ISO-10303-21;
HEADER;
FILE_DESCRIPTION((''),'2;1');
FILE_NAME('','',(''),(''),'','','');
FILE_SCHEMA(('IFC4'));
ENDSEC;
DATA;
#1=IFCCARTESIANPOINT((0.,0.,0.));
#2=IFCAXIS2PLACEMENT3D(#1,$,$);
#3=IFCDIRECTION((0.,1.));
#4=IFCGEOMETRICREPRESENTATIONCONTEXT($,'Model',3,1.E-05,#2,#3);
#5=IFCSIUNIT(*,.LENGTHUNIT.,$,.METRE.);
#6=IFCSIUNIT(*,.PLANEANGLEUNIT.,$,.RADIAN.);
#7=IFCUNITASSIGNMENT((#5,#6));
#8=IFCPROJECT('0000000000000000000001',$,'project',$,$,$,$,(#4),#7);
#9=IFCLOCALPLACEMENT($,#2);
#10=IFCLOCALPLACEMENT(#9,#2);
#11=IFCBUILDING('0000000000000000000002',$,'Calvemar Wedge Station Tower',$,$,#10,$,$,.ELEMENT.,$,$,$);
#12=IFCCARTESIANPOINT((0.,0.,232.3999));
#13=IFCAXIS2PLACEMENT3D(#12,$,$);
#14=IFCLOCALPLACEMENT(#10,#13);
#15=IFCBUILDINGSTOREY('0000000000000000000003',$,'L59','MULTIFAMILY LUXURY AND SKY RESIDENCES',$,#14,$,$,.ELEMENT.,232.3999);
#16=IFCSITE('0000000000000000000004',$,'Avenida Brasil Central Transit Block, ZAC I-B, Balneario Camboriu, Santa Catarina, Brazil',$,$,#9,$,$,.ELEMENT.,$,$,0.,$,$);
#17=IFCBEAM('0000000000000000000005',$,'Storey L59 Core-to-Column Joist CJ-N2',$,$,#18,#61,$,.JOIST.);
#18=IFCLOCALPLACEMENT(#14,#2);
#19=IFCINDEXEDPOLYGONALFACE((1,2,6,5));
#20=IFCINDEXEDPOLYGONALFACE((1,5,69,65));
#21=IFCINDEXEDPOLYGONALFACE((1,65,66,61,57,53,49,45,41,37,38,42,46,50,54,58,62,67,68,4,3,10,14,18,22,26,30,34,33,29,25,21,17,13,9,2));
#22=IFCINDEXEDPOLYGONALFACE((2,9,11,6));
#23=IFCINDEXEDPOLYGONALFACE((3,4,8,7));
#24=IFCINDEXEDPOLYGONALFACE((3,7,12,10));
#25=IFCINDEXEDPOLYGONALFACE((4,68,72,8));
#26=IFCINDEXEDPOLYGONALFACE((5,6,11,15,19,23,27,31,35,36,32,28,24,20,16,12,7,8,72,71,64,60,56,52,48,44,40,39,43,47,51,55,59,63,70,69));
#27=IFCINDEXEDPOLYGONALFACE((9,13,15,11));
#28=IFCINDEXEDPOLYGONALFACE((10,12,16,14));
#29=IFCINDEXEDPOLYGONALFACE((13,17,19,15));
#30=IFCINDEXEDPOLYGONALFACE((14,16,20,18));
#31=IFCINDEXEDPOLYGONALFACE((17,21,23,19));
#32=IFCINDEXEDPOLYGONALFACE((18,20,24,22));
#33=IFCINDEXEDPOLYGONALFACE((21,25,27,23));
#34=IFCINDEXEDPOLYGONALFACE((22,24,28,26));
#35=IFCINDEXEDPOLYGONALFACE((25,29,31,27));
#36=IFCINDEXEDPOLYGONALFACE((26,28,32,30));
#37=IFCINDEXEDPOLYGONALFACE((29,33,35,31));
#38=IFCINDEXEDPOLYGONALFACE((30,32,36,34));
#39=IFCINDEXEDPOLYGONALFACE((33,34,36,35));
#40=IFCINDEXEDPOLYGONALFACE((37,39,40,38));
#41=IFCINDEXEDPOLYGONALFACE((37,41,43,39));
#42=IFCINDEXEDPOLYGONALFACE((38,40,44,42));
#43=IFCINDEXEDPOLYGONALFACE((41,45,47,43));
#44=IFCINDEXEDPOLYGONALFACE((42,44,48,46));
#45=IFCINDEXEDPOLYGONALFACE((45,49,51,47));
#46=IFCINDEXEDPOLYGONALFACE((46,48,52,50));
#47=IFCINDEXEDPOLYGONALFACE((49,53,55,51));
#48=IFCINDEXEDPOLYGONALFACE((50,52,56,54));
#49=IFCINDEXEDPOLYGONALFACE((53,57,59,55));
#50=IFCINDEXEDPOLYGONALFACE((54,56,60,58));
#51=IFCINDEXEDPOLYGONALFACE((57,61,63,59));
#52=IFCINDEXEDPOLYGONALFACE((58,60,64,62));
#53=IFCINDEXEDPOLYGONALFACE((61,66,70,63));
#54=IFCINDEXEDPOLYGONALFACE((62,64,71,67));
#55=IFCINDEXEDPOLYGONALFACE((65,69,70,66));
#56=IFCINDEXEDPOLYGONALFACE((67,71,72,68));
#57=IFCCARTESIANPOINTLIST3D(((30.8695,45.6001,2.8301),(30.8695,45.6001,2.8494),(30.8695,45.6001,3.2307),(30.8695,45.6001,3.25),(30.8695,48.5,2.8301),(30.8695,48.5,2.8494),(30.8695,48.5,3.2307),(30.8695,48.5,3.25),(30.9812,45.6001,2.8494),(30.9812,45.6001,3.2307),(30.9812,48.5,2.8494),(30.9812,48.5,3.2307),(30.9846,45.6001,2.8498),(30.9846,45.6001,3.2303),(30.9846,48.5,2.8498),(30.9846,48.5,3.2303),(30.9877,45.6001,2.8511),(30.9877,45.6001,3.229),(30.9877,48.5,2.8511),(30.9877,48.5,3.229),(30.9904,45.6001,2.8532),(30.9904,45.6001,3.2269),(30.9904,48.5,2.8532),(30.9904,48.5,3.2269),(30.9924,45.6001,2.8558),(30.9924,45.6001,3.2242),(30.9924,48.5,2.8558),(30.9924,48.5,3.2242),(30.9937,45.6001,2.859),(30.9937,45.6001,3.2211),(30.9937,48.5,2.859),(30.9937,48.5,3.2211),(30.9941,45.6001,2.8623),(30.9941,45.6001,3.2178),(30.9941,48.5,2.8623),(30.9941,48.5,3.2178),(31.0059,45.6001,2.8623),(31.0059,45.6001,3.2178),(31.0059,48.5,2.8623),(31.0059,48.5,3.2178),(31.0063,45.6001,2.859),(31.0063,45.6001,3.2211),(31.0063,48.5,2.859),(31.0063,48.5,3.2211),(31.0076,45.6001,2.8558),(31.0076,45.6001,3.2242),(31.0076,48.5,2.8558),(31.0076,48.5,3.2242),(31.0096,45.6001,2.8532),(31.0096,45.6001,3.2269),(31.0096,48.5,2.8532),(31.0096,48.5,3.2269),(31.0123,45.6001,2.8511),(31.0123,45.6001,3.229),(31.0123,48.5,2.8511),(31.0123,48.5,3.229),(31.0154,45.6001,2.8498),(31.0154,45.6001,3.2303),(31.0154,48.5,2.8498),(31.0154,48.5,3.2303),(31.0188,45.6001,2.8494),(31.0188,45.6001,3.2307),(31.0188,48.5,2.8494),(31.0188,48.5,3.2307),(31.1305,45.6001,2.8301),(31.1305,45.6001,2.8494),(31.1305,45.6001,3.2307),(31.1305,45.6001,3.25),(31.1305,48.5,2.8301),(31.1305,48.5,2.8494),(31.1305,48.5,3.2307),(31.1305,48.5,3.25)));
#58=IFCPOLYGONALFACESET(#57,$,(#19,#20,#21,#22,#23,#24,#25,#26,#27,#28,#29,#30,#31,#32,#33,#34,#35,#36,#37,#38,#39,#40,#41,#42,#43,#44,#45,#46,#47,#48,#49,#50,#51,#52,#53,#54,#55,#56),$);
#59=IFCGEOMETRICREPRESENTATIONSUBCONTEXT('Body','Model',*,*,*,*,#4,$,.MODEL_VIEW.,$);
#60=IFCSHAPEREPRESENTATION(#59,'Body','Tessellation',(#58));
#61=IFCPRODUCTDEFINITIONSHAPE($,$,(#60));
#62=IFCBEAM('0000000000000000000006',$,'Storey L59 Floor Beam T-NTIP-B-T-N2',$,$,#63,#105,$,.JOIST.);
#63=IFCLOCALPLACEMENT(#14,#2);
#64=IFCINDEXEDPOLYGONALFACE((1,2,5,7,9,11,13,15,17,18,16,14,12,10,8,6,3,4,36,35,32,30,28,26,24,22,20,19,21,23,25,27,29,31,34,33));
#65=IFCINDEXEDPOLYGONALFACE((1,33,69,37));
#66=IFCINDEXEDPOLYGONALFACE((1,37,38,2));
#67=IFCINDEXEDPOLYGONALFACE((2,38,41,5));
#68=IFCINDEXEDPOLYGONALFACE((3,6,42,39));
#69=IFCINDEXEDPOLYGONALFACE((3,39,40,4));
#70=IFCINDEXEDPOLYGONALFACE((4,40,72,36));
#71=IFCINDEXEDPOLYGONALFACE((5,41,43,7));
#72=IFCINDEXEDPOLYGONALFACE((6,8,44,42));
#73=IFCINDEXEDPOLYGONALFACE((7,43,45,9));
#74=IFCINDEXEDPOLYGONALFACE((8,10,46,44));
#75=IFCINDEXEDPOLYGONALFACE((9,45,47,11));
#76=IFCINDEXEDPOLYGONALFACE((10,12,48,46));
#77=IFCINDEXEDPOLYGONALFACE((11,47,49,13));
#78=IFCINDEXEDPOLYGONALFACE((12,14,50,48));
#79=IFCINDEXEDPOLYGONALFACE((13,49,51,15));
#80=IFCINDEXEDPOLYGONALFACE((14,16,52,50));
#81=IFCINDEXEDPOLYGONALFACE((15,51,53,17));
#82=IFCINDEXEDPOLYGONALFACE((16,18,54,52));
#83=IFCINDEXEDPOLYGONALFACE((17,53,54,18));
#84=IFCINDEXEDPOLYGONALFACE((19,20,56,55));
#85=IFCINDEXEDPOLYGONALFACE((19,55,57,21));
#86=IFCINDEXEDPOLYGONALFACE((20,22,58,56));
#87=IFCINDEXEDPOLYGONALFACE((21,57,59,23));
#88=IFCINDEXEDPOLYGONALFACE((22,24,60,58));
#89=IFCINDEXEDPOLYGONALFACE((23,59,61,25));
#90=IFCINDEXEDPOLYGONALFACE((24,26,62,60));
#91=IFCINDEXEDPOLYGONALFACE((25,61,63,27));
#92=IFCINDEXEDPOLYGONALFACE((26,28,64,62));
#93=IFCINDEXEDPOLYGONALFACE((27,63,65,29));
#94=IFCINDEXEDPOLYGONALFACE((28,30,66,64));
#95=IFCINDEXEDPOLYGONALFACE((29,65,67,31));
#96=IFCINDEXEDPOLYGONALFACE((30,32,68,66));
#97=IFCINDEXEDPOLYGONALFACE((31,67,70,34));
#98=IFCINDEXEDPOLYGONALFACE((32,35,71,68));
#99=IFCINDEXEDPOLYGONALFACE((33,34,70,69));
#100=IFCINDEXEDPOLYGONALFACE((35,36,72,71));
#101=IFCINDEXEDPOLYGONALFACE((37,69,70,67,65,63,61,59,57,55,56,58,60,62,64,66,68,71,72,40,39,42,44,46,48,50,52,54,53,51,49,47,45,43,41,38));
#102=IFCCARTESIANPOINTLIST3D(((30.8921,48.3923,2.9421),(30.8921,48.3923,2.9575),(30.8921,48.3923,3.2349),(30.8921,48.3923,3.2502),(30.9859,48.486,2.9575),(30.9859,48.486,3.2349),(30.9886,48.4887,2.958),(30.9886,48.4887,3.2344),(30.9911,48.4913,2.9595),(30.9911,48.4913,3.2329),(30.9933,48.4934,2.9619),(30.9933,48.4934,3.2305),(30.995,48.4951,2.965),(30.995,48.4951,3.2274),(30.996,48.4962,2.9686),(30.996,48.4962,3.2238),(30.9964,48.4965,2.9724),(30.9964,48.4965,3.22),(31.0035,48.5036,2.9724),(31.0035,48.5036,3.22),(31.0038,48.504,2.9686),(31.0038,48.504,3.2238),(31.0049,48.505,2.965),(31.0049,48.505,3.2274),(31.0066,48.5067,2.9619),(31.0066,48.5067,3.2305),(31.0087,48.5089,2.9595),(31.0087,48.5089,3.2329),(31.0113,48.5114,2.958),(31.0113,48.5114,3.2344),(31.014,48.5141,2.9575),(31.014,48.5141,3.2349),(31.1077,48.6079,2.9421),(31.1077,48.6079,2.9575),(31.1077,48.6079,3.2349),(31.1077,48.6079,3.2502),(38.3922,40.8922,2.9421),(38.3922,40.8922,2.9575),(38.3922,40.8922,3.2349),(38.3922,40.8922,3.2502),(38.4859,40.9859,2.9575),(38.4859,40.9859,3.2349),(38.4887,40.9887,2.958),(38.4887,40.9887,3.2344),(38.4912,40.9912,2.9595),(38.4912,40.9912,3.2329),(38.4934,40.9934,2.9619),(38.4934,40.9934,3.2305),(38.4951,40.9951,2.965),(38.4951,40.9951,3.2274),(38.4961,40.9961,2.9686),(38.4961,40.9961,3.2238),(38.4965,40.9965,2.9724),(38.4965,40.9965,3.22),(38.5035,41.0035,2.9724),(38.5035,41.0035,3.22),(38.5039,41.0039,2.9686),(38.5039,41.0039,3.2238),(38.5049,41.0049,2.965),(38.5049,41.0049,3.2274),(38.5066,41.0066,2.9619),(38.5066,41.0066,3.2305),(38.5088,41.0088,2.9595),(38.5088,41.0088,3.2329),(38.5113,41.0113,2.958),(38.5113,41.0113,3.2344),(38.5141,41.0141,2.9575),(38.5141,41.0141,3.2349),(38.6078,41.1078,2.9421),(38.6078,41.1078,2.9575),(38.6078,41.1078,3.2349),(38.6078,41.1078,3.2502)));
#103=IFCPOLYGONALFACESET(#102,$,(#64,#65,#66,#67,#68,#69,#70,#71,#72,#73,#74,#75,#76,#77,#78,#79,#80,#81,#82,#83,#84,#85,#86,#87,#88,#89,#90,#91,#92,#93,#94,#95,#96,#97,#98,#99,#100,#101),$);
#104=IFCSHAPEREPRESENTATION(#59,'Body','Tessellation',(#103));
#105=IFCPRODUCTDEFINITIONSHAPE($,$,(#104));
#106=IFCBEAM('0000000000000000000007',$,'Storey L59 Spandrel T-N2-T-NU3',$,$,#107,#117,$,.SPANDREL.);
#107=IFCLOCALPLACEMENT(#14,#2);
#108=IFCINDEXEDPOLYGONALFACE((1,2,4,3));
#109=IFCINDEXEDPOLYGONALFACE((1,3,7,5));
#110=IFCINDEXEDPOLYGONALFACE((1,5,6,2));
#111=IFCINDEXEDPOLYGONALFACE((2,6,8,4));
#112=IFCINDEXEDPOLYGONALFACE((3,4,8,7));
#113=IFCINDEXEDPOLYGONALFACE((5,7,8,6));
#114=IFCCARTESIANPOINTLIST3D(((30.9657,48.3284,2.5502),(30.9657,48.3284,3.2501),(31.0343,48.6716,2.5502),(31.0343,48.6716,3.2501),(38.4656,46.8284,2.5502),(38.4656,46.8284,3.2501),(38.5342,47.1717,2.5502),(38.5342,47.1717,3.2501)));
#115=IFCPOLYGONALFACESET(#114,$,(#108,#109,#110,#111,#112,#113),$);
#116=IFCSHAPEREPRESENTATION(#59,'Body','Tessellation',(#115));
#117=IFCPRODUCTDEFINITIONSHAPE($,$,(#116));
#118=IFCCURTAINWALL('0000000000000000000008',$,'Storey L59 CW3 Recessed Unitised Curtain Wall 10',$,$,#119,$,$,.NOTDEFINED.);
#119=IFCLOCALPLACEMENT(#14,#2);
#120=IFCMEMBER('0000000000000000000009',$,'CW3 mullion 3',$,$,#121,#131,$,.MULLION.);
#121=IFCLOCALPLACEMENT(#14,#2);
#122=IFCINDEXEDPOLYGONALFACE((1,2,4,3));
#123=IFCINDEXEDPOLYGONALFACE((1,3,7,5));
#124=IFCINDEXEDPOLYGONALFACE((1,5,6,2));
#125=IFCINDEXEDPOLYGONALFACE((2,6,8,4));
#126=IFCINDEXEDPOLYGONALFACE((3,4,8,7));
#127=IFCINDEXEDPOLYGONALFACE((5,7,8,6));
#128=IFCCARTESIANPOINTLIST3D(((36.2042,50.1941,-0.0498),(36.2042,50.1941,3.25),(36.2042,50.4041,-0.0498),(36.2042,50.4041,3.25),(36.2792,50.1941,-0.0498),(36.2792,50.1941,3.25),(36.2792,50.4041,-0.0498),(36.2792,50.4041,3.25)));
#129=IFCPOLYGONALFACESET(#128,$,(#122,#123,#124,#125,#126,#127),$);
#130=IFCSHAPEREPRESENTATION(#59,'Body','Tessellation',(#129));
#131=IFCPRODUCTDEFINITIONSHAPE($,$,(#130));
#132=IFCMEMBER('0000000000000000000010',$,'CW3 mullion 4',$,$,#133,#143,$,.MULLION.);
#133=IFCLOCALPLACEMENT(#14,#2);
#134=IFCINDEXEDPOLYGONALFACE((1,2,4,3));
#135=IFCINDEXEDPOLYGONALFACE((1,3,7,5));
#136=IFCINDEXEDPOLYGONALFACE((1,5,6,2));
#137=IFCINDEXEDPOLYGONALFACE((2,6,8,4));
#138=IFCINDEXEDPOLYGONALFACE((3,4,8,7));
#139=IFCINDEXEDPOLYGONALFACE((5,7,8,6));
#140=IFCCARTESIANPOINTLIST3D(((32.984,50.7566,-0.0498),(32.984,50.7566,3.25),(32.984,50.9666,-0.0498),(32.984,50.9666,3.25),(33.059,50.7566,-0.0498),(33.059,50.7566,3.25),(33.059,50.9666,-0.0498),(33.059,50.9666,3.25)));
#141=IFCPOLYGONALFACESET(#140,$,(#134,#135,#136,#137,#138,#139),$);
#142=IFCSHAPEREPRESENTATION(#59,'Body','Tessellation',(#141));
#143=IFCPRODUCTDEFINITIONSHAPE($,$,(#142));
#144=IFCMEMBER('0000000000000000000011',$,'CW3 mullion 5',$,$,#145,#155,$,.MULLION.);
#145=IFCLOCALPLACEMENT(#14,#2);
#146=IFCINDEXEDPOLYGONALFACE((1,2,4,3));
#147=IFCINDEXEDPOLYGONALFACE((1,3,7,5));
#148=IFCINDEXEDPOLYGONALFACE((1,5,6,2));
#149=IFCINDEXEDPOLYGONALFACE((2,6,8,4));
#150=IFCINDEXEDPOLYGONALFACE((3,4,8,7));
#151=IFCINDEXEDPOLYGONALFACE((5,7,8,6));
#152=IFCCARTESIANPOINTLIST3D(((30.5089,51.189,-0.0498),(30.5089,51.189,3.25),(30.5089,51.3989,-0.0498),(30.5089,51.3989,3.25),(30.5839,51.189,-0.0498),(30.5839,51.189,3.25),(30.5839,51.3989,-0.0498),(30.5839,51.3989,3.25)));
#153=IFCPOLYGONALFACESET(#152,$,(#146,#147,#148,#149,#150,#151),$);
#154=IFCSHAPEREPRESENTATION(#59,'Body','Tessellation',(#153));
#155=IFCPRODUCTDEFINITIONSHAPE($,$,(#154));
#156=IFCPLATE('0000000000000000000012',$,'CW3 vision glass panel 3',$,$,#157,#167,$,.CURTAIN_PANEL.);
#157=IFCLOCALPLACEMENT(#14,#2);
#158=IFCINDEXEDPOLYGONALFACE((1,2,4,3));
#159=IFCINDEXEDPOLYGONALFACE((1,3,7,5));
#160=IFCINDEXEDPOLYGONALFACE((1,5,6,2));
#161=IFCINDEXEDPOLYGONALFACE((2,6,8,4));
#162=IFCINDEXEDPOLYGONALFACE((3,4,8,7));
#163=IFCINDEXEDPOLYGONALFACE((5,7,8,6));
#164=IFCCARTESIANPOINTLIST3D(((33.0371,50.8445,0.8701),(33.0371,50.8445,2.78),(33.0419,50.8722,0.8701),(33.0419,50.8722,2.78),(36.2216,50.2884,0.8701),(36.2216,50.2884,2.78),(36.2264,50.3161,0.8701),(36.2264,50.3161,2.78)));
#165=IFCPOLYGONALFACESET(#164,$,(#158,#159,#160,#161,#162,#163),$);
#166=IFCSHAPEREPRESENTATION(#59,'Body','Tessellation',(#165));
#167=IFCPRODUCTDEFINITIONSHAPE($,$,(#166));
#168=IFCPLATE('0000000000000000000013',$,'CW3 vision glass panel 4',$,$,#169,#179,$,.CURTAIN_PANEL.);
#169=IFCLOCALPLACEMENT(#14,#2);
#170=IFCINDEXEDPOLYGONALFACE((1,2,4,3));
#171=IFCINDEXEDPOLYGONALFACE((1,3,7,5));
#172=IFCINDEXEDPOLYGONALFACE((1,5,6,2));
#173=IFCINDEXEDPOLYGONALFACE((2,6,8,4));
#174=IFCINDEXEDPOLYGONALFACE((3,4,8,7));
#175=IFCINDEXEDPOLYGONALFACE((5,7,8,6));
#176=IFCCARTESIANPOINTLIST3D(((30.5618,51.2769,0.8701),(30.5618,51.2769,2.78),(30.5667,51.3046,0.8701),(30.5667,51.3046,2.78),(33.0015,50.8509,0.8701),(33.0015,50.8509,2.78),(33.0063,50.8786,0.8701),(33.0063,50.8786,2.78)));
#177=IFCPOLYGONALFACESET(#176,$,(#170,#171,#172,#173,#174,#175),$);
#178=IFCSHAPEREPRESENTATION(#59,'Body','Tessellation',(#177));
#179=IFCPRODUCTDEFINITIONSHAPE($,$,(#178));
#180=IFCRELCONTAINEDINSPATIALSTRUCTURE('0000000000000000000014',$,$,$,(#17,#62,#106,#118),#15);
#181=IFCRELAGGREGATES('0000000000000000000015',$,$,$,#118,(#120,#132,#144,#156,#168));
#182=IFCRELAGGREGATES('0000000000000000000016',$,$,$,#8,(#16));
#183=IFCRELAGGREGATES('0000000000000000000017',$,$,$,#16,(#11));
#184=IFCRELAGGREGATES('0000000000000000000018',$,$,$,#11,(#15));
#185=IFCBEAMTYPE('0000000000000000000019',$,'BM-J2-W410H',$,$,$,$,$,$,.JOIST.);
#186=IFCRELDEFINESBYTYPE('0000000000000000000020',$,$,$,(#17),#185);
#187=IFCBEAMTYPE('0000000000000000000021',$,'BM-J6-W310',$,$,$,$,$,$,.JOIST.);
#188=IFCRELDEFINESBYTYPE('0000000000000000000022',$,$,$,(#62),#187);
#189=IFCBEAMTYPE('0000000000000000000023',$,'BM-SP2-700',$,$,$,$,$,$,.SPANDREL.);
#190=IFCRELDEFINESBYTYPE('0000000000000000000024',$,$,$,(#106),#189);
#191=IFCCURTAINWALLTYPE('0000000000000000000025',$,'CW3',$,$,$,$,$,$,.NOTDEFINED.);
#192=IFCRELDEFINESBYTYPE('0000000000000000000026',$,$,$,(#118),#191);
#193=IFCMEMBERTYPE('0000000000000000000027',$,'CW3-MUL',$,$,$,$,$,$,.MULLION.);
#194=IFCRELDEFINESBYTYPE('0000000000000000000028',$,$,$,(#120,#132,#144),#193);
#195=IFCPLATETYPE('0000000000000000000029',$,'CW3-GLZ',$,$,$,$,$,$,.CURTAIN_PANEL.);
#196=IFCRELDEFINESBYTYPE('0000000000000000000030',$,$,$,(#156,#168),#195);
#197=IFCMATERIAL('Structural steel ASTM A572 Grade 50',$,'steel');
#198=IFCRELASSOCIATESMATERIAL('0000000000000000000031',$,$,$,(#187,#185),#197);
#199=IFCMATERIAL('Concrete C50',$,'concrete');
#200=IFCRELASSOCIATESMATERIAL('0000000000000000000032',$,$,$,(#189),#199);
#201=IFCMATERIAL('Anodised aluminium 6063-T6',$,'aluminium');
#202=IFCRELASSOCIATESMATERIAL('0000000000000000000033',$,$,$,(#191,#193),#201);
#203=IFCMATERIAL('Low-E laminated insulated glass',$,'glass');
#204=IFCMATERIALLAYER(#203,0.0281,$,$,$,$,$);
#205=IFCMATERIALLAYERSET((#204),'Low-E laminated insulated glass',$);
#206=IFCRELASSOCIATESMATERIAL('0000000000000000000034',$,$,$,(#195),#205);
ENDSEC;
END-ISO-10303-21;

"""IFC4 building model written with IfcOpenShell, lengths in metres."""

from ifc_helpers import new_model, si_unit, direction, frame, frame_2d, origin, origin_2d, place, context, subcontext, project, spatial, rectangle, i_section, extrude, source, transform, mapped, material, layer, layer_set, material_profile, profile_set, type_object, element, aggregate, save


model = new_model("IFC4")

# Units and contexts
model_context = context("Model", 3, precision=1e-05, world=origin(), true_north=direction((0.0, 1.0)))
body_context = subcontext(model_context, "Body", "Model", "MODEL_VIEW")
ifc_project = project(units=[si_unit("LENGTHUNIT", "METRE"), si_unit("PLANEANGLEUNIT", "RADIAN")], contexts=[model_context])

# Site, building, storey
site_placement = place(None, origin())
site = spatial("IfcSite", under=ifc_project, at=site_placement, Name="Avenida Brasil Central Transit Block, ZAC I-B, Balneario Camboriu, Santa Catarina, Brazil", CompositionType="ELEMENT", RefElevation=0.0)
building_placement = place(site_placement, origin())
building = spatial("IfcBuilding", under=site, at=building_placement, Name="Calvemar Wedge Station Tower", CompositionType="ELEMENT")
storey_placement = place(building_placement, frame((0.0, 0.0, 232.3999)))
storey = spatial("IfcBuildingStorey", under=building, at=storey_placement, Name="L59", Description="MULTIFAMILY LUXURY AND SKY RESIDENCES", CompositionType="ELEMENT", Elevation=232.3999)

# Shared definitions
ifc_material_1 = material(Name="Concrete C50", Category="concrete")
ifc_material_2 = material(Name="Structural steel ASTM A572 Grade 50", Category="steel")

# Beams
ifc_material_profile_1 = material_profile(ifc_material_2, i_section(OverallWidth=0.3049, OverallDepth=0.3081, WebThickness=0.01, FlangeThickness=0.0154, FilletRadius=0.0149, at=origin_2d()), Name="W310x97")
ifc_profile_set_1 = profile_set([ifc_material_profile_1], Name="Structural steel ASTM A572 Grade 50")
beam_type_1 = type_object("IfcBeamType", Name="BM-J6-W310", PredefinedType="JOIST", material=ifc_profile_set_1)
ifc_material_profile_2 = material_profile(ifc_material_2, i_section(OverallWidth=0.261, OverallDepth=0.4199, WebThickness=0.0117, FlangeThickness=0.0193, FilletRadius=0.0129, at=origin_2d()), Name="W410x114")
ifc_profile_set_2 = profile_set([ifc_material_profile_2], Name="Structural steel ASTM A572 Grade 50")
beam_type_2 = type_object("IfcBeamType", Name="BM-J2-W410H", PredefinedType="JOIST", material=ifc_profile_set_2)
shared_shape_1 = source(origin(), body_context, "Body", "SweptSolid", [
    extrude(i_section(OverallWidth=0.261, OverallDepth=0.4199, WebThickness=0.0117, FlangeThickness=0.0193, FilletRadius=0.0129, at=origin_2d()), origin(), (0.0, 0.0, 1.0), 2.8999),
])
beam_1_placement = place(storey_placement, frame((31.0, 45.6001, 3.04), z_axis=(0.0, 1.0, 0.0), x_axis=(-1.0, 0.0, 0.0)))
element("IfcBeam", 1, at=beam_1_placement, inside=storey, type_object=beam_type_2, Name="Storey L59 Core-to-Column Joist CJ-N2", PredefinedType="JOIST", context=body_context, shape_type="MappedRepresentation", body=[
    mapped(shared_shape_1, transform((0.0, 0.0, 0.0), scale=1.0)),
])
shared_shape_2 = source(origin(), body_context, "Body", "SweptSolid", [
    extrude(i_section(OverallWidth=0.3049, OverallDepth=0.3081, WebThickness=0.01, FlangeThickness=0.0154, FilletRadius=0.0149, at=origin_2d()), origin(), (0.0, 0.0, 1.0), 10.6067),
])
beam_2_placement = place(storey_placement, frame((38.5, 41.0, 3.0962), z_axis=(-0.707107, 0.707107, 0.0), x_axis=(-0.707107, -0.707107, 0.0)))
element("IfcBeam", 2, at=beam_2_placement, inside=storey, type_object=beam_type_1, Name="Storey L59 Floor Beam T-NTIP-B-T-N2", PredefinedType="JOIST", context=body_context, shape_type="MappedRepresentation", body=[
    mapped(shared_shape_2, transform((0.0, 0.0, 0.0), scale=1.0)),
])
ifc_material_profile_3 = material_profile(ifc_material_1, rectangle(XDim=0.3501, YDim=0.7, at=origin_2d()), Name="RC350x700")
ifc_profile_set_3 = profile_set([ifc_material_profile_3], Name="Concrete C50")
beam_type_3 = type_object("IfcBeamType", Name="BM-SP2-700", PredefinedType="SPANDREL", material=ifc_profile_set_3)
shared_shape_3 = source(origin(), body_context, "Body", "SweptSolid", [
    extrude(rectangle(XDim=0.3501, YDim=0.7, at=origin_2d()), origin(), (0.0, 0.0, 1.0), 7.6484),
])
beam_3_placement = place(storey_placement, frame((31.0, 48.5, 2.9001), z_axis=(0.980581, -0.196116, 0.0), x_axis=(0.196116, 0.980581, 0.0)))
element("IfcBeam", 3, at=beam_3_placement, inside=storey, type_object=beam_type_3, Name="Storey L59 Spandrel T-N2-T-NU3", PredefinedType="SPANDREL", context=body_context, shape_type="MappedRepresentation", body=[
    mapped(shared_shape_3, transform((0.0, 0.0, 0.0), scale=1.0)),
])

# Curtain wall, members, plates
ifc_material_3 = material(Name="Anodised aluminium 6063-T6", Category="aluminium")
curtain_wall_type = type_object("IfcCurtainWallType", Name="CW3", PredefinedType="NOTDEFINED", material=ifc_material_3)
curtain_wall_placement = place(storey_placement, origin())
curtain_wall = element("IfcCurtainWall", 4, at=curtain_wall_placement, inside=storey, type_object=curtain_wall_type, Name="Storey L59 CW3 Recessed Unitised Curtain Wall 10", PredefinedType="NOTDEFINED")
ifc_material_profile_4 = material_profile(ifc_material_3, rectangle(XDim=0.075, YDim=0.21, at=origin_2d()), Name="AL-MUL-75x210")
ifc_profile_set_4 = profile_set([ifc_material_profile_4], Name="Anodised aluminium 6063-T6")
member_type = type_object("IfcMemberType", Name="CW3-MUL", PredefinedType="MULLION", material=ifc_profile_set_4)
shared_shape_4 = source(origin(), body_context, "Body", "SweptSolid", [
    extrude(rectangle(XDim=0.075, YDim=0.21, at=origin_2d()), origin(), (0.0, 0.0, 1.0), 3.2998),
])
member_1_placement = place(storey_placement, frame((36.2417, 50.2991, -0.0498), z_axis=(0.0, 0.0, 1.0), x_axis=(1.0, 0.0, 0.0)))
member_1 = element("IfcMember", 5, at=member_1_placement, type_object=member_type, Name="CW3 mullion 3", PredefinedType="MULLION", context=body_context, shape_type="MappedRepresentation", body=[
    mapped(shared_shape_4, transform((0.0, 0.0, 0.0), scale=1.0)),
])
member_2_placement = place(storey_placement, frame((33.0215, 50.8616, -0.0498), z_axis=(0.0, 0.0, 1.0), x_axis=(1.0, 0.0, 0.0)))
member_2 = element("IfcMember", 6, at=member_2_placement, type_object=member_type, Name="CW3 mullion 4", PredefinedType="MULLION", context=body_context, shape_type="MappedRepresentation", body=[
    mapped(shared_shape_4, transform((0.0, 0.0, 0.0), scale=1.0)),
])
member_3_placement = place(storey_placement, frame((30.5464, 51.2939, -0.0498), z_axis=(0.0, 0.0, 1.0), x_axis=(1.0, 0.0, 0.0)))
member_3 = element("IfcMember", 7, at=member_3_placement, type_object=member_type, Name="CW3 mullion 5", PredefinedType="MULLION", context=body_context, shape_type="MappedRepresentation", body=[
    mapped(shared_shape_4, transform((0.0, 0.0, 0.0), scale=1.0)),
])
ifc_material_4 = material(Name="Low-E laminated insulated glass", Category="glass")
ifc_layer_1 = layer(ifc_material_4, 0.0281)
ifc_layer_set_1 = layer_set([ifc_layer_1], Name="Low-E laminated insulated glass")
plate_type_1 = type_object("IfcPlateType", Name="CW3-GLZ", PredefinedType="CURTAIN_PANEL", material=ifc_layer_set_1)
plate_1_placement = place(storey_placement, frame((36.2239, 50.3022, 0.8701), z_axis=(0.0, 0.0, 1.0), x_axis=(-0.985091, 0.172036, 0.0)))
plate_1 = element("IfcPlate", 8, at=plate_1_placement, type_object=plate_type_1, Name="CW3 vision glass panel 3", PredefinedType="CURTAIN_PANEL", context=body_context, shape_type="SweptSolid", body=[
    extrude(rectangle(XDim=3.2327, YDim=0.0281, at=frame_2d((1.6162, 0.0))), origin(), (0.0, 0.0, 1.0), 1.9099),
])
plate_2_placement = place(storey_placement, frame((33.0039, 50.8647, 0.8701), z_axis=(0.0, 0.0, 1.0), x_axis=(-0.985094, 0.172019, 0.0)))
plate_2 = element("IfcPlate", 9, at=plate_2_placement, type_object=plate_type_1, Name="CW3 vision glass panel 4", PredefinedType="CURTAIN_PANEL", context=body_context, shape_type="SweptSolid", body=[
    extrude(rectangle(XDim=2.4766, YDim=0.0281, at=frame_2d((1.2383, 0.0))), origin(), (0.0, 0.0, 1.0), 1.9099),
])
aggregate(curtain_wall, [member_1, member_2, member_3, plate_1, plate_2])

save(model, "model.ifc")
